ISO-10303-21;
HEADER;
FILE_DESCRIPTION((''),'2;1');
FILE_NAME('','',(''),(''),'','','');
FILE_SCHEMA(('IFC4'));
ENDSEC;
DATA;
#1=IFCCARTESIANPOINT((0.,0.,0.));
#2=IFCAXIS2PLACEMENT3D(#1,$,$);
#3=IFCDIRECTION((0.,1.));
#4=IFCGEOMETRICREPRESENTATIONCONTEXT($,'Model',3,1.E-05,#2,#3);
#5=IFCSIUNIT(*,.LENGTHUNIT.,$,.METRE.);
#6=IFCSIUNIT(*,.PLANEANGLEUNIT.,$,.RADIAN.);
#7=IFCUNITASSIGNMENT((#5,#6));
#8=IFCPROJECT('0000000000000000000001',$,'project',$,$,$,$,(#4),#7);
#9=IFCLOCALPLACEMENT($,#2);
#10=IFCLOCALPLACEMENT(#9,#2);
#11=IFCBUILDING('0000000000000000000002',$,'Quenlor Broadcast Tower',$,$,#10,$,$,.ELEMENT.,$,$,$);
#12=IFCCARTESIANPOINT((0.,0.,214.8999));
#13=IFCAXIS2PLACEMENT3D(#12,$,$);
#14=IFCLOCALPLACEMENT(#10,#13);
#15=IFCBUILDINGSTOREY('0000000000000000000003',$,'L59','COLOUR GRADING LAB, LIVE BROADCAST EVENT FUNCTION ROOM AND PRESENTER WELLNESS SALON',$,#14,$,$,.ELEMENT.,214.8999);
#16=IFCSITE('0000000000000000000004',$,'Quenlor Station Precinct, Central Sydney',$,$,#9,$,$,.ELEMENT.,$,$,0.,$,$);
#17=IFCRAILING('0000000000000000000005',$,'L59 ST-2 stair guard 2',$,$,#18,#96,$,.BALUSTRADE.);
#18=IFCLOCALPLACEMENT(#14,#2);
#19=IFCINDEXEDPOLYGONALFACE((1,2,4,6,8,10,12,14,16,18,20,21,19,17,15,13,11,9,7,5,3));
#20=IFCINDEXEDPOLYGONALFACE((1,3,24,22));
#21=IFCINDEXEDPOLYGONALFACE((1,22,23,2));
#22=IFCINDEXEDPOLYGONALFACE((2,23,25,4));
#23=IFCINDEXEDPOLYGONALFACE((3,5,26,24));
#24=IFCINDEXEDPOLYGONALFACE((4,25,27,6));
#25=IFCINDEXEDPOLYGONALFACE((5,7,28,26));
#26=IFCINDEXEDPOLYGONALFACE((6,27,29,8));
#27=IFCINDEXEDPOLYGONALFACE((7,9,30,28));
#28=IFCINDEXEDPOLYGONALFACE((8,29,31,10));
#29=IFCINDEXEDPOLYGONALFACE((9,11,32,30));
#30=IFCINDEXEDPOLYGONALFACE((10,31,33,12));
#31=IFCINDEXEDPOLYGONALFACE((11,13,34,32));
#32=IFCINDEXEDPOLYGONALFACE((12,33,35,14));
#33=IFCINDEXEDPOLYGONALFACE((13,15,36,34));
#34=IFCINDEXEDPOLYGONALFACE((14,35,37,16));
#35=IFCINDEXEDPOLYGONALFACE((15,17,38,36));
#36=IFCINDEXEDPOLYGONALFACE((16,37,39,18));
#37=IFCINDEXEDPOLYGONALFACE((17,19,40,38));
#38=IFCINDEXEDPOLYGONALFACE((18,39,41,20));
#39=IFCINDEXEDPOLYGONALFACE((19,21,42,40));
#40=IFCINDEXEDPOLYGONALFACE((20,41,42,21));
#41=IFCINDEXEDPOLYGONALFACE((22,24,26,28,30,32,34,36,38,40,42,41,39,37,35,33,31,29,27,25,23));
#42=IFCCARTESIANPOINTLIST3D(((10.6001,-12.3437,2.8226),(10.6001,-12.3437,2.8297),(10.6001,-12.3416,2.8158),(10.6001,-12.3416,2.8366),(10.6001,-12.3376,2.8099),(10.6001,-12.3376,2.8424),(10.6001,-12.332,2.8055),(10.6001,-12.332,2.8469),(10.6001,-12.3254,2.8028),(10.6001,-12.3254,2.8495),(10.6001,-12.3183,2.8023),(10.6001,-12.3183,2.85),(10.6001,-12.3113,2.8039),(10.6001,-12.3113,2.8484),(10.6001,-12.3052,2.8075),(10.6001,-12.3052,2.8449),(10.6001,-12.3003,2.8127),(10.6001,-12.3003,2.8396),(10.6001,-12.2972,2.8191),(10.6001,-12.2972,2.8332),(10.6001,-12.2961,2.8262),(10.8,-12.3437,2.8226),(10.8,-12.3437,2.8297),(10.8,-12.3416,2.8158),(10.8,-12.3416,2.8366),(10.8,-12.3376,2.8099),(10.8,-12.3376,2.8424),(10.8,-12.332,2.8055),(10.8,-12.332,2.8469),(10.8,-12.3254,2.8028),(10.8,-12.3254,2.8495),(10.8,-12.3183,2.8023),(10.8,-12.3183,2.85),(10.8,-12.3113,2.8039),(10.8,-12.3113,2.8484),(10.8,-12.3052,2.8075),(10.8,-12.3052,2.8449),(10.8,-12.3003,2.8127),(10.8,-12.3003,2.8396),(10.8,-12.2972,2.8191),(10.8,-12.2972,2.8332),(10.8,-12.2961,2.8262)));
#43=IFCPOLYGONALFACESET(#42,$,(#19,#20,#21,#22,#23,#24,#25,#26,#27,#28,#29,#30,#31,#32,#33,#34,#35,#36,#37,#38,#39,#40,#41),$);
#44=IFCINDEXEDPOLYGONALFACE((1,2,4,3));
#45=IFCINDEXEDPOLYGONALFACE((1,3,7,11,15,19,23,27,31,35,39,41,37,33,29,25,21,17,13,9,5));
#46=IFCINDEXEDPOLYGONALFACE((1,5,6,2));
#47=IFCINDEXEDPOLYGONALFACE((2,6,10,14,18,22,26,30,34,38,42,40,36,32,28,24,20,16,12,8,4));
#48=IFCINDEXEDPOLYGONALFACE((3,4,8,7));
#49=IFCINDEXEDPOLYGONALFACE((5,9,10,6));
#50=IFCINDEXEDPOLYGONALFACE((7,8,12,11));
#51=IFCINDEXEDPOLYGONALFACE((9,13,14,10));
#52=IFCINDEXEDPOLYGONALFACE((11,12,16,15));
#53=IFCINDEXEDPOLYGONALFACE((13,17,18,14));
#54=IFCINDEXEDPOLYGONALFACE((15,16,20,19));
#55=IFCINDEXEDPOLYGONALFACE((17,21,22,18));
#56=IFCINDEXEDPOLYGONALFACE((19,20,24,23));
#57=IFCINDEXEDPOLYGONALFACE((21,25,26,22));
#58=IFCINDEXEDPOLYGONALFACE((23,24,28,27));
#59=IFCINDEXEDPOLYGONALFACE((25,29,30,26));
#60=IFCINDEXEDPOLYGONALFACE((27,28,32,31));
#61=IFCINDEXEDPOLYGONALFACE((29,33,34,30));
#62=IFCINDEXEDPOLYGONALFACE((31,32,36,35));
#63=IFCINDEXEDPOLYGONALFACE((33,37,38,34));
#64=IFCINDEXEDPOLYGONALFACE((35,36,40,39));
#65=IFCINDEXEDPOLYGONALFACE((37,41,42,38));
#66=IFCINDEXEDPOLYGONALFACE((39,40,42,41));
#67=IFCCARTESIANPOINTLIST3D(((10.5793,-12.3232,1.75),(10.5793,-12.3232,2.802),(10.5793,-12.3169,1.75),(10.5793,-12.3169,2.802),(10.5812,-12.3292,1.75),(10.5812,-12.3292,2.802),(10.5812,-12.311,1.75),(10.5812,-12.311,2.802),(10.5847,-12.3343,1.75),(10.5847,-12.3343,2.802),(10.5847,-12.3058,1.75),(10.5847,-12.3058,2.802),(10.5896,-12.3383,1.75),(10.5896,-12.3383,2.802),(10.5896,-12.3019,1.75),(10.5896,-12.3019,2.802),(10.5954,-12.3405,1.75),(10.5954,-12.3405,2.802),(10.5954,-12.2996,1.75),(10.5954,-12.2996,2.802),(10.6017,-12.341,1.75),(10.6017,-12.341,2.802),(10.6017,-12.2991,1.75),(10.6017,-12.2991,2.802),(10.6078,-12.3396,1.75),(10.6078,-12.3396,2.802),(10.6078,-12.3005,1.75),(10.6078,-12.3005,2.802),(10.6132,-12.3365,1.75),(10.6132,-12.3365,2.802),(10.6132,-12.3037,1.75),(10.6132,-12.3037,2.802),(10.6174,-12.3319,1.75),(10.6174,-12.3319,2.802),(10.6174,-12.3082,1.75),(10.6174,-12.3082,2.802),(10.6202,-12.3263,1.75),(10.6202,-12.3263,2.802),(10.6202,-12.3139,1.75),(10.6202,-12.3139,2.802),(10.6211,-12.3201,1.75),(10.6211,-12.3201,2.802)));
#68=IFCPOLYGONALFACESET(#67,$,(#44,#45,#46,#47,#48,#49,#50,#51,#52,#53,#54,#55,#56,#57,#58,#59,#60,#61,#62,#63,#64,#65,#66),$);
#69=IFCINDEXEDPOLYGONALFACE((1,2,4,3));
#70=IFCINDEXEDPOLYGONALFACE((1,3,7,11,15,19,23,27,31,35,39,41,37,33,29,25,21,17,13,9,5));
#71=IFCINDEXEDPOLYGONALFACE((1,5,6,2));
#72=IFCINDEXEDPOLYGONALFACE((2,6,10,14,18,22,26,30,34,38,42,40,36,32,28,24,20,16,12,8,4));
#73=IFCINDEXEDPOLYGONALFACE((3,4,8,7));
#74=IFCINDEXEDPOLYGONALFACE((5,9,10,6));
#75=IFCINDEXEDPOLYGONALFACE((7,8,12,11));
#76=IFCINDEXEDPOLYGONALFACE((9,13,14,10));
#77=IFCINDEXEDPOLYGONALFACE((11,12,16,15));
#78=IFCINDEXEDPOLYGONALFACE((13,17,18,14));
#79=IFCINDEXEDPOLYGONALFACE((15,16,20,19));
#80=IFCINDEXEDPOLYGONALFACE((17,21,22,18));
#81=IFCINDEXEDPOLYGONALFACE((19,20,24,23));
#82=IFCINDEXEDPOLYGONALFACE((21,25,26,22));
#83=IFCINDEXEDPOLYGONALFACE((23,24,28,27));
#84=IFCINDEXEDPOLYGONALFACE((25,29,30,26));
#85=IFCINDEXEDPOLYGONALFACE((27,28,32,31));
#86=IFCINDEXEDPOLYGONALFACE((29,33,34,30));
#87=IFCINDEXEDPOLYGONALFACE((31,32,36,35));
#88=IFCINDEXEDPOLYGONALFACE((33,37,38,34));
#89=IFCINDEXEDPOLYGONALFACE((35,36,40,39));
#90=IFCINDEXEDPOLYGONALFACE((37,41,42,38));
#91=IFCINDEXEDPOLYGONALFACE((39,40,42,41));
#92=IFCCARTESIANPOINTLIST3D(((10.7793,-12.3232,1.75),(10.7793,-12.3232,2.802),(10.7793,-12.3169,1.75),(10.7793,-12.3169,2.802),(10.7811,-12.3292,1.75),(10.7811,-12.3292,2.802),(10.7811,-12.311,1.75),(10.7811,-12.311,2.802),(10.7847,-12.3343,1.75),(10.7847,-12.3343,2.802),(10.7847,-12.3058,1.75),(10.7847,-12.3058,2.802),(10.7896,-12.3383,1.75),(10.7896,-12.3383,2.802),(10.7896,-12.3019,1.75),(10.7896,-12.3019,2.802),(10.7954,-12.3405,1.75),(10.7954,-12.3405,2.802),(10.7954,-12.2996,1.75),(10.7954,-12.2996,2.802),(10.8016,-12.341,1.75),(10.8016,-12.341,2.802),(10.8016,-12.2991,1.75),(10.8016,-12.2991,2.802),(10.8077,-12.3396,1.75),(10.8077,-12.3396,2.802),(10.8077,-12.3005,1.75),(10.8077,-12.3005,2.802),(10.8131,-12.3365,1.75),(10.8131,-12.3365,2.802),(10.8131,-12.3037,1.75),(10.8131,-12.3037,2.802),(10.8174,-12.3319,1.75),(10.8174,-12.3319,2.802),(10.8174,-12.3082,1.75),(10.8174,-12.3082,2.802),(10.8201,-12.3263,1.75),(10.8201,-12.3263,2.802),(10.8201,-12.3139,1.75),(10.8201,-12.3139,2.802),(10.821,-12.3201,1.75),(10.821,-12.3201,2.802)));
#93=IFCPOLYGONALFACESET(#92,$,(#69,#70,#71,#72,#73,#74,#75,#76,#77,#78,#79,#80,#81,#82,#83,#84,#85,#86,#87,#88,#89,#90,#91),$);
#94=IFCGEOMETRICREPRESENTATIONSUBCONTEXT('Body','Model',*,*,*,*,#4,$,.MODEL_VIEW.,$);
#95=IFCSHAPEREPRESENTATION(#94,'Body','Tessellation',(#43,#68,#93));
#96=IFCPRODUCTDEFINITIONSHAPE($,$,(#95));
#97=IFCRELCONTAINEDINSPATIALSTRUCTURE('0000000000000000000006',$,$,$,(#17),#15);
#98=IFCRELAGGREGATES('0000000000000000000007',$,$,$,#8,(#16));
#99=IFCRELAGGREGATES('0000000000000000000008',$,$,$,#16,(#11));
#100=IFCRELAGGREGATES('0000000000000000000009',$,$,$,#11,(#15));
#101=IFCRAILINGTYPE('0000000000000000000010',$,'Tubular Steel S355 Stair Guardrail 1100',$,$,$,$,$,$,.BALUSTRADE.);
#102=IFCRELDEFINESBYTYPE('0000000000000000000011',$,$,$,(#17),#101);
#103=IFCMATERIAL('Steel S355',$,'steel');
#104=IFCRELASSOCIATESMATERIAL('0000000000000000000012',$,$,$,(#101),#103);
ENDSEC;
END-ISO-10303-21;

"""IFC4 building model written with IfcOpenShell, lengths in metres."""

from ifc_helpers import new_model, si_unit, direction, frame, origin, origin_2d, place, context, subcontext, project, spatial, circle, extrude, material, type_object, element, save


model = new_model("IFC4")

# Units and contexts
model_context = context("Model", 3, precision=1e-05, world=origin(), true_north=direction((0.0, 1.0)))
body_context = subcontext(model_context, "Body", "Model", "MODEL_VIEW")
ifc_project = project(units=[si_unit("LENGTHUNIT", "METRE"), si_unit("PLANEANGLEUNIT", "RADIAN")], contexts=[model_context])

# Site, building, storey
site_placement = place(None, origin())
site = spatial("IfcSite", under=ifc_project, at=site_placement, Name="Quenlor Station Precinct, Central Sydney", CompositionType="ELEMENT", RefElevation=0.0)
building_placement = place(site_placement, origin())
building = spatial("IfcBuilding", under=site, at=building_placement, Name="Quenlor Broadcast Tower", CompositionType="ELEMENT")
storey_placement = place(building_placement, frame((0.0, 0.0, 214.8999)))
storey = spatial("IfcBuildingStorey", under=building, at=storey_placement, Name="L59", Description="COLOUR GRADING LAB, LIVE BROADCAST EVENT FUNCTION ROOM AND PRESENTER WELLNESS SALON", CompositionType="ELEMENT", Elevation=214.8999)

# Railing
ifc_material_1 = material(Name="Steel S355", Category="steel")
railing_type_1 = type_object("IfcRailingType", Name="Tubular Steel S355 Stair Guardrail 1100", PredefinedType="BALUSTRADE", material=ifc_material_1)
railing_1_placement = place(storey_placement, frame((10.6001, -12.3201, 1.75)))
element("IfcRailing", 1, at=railing_1_placement, inside=storey, type_object=railing_type_1, Name="L59 ST-2 stair guard 2", PredefinedType="BALUSTRADE", context=body_context, shape_type="SweptSolid", body=[
    extrude(circle(Radius=0.0239, at=origin_2d()), frame((0.0, 0.0, 1.0762), z_axis=(1.0, 0.0, 0.0), x_axis=(0.0, 1.0, 0.0)), (0.0, 0.0, 1.0), 0.2),
    extrude(circle(Radius=0.021, at=origin_2d()), origin(), (0.0, 0.0, 1.0), 1.052),
    extrude(circle(Radius=0.021, at=origin_2d()), frame((0.2, 0.0, 0.0)), (0.0, 0.0, 1.0), 1.052),
])

save(model, "model.ifc")
